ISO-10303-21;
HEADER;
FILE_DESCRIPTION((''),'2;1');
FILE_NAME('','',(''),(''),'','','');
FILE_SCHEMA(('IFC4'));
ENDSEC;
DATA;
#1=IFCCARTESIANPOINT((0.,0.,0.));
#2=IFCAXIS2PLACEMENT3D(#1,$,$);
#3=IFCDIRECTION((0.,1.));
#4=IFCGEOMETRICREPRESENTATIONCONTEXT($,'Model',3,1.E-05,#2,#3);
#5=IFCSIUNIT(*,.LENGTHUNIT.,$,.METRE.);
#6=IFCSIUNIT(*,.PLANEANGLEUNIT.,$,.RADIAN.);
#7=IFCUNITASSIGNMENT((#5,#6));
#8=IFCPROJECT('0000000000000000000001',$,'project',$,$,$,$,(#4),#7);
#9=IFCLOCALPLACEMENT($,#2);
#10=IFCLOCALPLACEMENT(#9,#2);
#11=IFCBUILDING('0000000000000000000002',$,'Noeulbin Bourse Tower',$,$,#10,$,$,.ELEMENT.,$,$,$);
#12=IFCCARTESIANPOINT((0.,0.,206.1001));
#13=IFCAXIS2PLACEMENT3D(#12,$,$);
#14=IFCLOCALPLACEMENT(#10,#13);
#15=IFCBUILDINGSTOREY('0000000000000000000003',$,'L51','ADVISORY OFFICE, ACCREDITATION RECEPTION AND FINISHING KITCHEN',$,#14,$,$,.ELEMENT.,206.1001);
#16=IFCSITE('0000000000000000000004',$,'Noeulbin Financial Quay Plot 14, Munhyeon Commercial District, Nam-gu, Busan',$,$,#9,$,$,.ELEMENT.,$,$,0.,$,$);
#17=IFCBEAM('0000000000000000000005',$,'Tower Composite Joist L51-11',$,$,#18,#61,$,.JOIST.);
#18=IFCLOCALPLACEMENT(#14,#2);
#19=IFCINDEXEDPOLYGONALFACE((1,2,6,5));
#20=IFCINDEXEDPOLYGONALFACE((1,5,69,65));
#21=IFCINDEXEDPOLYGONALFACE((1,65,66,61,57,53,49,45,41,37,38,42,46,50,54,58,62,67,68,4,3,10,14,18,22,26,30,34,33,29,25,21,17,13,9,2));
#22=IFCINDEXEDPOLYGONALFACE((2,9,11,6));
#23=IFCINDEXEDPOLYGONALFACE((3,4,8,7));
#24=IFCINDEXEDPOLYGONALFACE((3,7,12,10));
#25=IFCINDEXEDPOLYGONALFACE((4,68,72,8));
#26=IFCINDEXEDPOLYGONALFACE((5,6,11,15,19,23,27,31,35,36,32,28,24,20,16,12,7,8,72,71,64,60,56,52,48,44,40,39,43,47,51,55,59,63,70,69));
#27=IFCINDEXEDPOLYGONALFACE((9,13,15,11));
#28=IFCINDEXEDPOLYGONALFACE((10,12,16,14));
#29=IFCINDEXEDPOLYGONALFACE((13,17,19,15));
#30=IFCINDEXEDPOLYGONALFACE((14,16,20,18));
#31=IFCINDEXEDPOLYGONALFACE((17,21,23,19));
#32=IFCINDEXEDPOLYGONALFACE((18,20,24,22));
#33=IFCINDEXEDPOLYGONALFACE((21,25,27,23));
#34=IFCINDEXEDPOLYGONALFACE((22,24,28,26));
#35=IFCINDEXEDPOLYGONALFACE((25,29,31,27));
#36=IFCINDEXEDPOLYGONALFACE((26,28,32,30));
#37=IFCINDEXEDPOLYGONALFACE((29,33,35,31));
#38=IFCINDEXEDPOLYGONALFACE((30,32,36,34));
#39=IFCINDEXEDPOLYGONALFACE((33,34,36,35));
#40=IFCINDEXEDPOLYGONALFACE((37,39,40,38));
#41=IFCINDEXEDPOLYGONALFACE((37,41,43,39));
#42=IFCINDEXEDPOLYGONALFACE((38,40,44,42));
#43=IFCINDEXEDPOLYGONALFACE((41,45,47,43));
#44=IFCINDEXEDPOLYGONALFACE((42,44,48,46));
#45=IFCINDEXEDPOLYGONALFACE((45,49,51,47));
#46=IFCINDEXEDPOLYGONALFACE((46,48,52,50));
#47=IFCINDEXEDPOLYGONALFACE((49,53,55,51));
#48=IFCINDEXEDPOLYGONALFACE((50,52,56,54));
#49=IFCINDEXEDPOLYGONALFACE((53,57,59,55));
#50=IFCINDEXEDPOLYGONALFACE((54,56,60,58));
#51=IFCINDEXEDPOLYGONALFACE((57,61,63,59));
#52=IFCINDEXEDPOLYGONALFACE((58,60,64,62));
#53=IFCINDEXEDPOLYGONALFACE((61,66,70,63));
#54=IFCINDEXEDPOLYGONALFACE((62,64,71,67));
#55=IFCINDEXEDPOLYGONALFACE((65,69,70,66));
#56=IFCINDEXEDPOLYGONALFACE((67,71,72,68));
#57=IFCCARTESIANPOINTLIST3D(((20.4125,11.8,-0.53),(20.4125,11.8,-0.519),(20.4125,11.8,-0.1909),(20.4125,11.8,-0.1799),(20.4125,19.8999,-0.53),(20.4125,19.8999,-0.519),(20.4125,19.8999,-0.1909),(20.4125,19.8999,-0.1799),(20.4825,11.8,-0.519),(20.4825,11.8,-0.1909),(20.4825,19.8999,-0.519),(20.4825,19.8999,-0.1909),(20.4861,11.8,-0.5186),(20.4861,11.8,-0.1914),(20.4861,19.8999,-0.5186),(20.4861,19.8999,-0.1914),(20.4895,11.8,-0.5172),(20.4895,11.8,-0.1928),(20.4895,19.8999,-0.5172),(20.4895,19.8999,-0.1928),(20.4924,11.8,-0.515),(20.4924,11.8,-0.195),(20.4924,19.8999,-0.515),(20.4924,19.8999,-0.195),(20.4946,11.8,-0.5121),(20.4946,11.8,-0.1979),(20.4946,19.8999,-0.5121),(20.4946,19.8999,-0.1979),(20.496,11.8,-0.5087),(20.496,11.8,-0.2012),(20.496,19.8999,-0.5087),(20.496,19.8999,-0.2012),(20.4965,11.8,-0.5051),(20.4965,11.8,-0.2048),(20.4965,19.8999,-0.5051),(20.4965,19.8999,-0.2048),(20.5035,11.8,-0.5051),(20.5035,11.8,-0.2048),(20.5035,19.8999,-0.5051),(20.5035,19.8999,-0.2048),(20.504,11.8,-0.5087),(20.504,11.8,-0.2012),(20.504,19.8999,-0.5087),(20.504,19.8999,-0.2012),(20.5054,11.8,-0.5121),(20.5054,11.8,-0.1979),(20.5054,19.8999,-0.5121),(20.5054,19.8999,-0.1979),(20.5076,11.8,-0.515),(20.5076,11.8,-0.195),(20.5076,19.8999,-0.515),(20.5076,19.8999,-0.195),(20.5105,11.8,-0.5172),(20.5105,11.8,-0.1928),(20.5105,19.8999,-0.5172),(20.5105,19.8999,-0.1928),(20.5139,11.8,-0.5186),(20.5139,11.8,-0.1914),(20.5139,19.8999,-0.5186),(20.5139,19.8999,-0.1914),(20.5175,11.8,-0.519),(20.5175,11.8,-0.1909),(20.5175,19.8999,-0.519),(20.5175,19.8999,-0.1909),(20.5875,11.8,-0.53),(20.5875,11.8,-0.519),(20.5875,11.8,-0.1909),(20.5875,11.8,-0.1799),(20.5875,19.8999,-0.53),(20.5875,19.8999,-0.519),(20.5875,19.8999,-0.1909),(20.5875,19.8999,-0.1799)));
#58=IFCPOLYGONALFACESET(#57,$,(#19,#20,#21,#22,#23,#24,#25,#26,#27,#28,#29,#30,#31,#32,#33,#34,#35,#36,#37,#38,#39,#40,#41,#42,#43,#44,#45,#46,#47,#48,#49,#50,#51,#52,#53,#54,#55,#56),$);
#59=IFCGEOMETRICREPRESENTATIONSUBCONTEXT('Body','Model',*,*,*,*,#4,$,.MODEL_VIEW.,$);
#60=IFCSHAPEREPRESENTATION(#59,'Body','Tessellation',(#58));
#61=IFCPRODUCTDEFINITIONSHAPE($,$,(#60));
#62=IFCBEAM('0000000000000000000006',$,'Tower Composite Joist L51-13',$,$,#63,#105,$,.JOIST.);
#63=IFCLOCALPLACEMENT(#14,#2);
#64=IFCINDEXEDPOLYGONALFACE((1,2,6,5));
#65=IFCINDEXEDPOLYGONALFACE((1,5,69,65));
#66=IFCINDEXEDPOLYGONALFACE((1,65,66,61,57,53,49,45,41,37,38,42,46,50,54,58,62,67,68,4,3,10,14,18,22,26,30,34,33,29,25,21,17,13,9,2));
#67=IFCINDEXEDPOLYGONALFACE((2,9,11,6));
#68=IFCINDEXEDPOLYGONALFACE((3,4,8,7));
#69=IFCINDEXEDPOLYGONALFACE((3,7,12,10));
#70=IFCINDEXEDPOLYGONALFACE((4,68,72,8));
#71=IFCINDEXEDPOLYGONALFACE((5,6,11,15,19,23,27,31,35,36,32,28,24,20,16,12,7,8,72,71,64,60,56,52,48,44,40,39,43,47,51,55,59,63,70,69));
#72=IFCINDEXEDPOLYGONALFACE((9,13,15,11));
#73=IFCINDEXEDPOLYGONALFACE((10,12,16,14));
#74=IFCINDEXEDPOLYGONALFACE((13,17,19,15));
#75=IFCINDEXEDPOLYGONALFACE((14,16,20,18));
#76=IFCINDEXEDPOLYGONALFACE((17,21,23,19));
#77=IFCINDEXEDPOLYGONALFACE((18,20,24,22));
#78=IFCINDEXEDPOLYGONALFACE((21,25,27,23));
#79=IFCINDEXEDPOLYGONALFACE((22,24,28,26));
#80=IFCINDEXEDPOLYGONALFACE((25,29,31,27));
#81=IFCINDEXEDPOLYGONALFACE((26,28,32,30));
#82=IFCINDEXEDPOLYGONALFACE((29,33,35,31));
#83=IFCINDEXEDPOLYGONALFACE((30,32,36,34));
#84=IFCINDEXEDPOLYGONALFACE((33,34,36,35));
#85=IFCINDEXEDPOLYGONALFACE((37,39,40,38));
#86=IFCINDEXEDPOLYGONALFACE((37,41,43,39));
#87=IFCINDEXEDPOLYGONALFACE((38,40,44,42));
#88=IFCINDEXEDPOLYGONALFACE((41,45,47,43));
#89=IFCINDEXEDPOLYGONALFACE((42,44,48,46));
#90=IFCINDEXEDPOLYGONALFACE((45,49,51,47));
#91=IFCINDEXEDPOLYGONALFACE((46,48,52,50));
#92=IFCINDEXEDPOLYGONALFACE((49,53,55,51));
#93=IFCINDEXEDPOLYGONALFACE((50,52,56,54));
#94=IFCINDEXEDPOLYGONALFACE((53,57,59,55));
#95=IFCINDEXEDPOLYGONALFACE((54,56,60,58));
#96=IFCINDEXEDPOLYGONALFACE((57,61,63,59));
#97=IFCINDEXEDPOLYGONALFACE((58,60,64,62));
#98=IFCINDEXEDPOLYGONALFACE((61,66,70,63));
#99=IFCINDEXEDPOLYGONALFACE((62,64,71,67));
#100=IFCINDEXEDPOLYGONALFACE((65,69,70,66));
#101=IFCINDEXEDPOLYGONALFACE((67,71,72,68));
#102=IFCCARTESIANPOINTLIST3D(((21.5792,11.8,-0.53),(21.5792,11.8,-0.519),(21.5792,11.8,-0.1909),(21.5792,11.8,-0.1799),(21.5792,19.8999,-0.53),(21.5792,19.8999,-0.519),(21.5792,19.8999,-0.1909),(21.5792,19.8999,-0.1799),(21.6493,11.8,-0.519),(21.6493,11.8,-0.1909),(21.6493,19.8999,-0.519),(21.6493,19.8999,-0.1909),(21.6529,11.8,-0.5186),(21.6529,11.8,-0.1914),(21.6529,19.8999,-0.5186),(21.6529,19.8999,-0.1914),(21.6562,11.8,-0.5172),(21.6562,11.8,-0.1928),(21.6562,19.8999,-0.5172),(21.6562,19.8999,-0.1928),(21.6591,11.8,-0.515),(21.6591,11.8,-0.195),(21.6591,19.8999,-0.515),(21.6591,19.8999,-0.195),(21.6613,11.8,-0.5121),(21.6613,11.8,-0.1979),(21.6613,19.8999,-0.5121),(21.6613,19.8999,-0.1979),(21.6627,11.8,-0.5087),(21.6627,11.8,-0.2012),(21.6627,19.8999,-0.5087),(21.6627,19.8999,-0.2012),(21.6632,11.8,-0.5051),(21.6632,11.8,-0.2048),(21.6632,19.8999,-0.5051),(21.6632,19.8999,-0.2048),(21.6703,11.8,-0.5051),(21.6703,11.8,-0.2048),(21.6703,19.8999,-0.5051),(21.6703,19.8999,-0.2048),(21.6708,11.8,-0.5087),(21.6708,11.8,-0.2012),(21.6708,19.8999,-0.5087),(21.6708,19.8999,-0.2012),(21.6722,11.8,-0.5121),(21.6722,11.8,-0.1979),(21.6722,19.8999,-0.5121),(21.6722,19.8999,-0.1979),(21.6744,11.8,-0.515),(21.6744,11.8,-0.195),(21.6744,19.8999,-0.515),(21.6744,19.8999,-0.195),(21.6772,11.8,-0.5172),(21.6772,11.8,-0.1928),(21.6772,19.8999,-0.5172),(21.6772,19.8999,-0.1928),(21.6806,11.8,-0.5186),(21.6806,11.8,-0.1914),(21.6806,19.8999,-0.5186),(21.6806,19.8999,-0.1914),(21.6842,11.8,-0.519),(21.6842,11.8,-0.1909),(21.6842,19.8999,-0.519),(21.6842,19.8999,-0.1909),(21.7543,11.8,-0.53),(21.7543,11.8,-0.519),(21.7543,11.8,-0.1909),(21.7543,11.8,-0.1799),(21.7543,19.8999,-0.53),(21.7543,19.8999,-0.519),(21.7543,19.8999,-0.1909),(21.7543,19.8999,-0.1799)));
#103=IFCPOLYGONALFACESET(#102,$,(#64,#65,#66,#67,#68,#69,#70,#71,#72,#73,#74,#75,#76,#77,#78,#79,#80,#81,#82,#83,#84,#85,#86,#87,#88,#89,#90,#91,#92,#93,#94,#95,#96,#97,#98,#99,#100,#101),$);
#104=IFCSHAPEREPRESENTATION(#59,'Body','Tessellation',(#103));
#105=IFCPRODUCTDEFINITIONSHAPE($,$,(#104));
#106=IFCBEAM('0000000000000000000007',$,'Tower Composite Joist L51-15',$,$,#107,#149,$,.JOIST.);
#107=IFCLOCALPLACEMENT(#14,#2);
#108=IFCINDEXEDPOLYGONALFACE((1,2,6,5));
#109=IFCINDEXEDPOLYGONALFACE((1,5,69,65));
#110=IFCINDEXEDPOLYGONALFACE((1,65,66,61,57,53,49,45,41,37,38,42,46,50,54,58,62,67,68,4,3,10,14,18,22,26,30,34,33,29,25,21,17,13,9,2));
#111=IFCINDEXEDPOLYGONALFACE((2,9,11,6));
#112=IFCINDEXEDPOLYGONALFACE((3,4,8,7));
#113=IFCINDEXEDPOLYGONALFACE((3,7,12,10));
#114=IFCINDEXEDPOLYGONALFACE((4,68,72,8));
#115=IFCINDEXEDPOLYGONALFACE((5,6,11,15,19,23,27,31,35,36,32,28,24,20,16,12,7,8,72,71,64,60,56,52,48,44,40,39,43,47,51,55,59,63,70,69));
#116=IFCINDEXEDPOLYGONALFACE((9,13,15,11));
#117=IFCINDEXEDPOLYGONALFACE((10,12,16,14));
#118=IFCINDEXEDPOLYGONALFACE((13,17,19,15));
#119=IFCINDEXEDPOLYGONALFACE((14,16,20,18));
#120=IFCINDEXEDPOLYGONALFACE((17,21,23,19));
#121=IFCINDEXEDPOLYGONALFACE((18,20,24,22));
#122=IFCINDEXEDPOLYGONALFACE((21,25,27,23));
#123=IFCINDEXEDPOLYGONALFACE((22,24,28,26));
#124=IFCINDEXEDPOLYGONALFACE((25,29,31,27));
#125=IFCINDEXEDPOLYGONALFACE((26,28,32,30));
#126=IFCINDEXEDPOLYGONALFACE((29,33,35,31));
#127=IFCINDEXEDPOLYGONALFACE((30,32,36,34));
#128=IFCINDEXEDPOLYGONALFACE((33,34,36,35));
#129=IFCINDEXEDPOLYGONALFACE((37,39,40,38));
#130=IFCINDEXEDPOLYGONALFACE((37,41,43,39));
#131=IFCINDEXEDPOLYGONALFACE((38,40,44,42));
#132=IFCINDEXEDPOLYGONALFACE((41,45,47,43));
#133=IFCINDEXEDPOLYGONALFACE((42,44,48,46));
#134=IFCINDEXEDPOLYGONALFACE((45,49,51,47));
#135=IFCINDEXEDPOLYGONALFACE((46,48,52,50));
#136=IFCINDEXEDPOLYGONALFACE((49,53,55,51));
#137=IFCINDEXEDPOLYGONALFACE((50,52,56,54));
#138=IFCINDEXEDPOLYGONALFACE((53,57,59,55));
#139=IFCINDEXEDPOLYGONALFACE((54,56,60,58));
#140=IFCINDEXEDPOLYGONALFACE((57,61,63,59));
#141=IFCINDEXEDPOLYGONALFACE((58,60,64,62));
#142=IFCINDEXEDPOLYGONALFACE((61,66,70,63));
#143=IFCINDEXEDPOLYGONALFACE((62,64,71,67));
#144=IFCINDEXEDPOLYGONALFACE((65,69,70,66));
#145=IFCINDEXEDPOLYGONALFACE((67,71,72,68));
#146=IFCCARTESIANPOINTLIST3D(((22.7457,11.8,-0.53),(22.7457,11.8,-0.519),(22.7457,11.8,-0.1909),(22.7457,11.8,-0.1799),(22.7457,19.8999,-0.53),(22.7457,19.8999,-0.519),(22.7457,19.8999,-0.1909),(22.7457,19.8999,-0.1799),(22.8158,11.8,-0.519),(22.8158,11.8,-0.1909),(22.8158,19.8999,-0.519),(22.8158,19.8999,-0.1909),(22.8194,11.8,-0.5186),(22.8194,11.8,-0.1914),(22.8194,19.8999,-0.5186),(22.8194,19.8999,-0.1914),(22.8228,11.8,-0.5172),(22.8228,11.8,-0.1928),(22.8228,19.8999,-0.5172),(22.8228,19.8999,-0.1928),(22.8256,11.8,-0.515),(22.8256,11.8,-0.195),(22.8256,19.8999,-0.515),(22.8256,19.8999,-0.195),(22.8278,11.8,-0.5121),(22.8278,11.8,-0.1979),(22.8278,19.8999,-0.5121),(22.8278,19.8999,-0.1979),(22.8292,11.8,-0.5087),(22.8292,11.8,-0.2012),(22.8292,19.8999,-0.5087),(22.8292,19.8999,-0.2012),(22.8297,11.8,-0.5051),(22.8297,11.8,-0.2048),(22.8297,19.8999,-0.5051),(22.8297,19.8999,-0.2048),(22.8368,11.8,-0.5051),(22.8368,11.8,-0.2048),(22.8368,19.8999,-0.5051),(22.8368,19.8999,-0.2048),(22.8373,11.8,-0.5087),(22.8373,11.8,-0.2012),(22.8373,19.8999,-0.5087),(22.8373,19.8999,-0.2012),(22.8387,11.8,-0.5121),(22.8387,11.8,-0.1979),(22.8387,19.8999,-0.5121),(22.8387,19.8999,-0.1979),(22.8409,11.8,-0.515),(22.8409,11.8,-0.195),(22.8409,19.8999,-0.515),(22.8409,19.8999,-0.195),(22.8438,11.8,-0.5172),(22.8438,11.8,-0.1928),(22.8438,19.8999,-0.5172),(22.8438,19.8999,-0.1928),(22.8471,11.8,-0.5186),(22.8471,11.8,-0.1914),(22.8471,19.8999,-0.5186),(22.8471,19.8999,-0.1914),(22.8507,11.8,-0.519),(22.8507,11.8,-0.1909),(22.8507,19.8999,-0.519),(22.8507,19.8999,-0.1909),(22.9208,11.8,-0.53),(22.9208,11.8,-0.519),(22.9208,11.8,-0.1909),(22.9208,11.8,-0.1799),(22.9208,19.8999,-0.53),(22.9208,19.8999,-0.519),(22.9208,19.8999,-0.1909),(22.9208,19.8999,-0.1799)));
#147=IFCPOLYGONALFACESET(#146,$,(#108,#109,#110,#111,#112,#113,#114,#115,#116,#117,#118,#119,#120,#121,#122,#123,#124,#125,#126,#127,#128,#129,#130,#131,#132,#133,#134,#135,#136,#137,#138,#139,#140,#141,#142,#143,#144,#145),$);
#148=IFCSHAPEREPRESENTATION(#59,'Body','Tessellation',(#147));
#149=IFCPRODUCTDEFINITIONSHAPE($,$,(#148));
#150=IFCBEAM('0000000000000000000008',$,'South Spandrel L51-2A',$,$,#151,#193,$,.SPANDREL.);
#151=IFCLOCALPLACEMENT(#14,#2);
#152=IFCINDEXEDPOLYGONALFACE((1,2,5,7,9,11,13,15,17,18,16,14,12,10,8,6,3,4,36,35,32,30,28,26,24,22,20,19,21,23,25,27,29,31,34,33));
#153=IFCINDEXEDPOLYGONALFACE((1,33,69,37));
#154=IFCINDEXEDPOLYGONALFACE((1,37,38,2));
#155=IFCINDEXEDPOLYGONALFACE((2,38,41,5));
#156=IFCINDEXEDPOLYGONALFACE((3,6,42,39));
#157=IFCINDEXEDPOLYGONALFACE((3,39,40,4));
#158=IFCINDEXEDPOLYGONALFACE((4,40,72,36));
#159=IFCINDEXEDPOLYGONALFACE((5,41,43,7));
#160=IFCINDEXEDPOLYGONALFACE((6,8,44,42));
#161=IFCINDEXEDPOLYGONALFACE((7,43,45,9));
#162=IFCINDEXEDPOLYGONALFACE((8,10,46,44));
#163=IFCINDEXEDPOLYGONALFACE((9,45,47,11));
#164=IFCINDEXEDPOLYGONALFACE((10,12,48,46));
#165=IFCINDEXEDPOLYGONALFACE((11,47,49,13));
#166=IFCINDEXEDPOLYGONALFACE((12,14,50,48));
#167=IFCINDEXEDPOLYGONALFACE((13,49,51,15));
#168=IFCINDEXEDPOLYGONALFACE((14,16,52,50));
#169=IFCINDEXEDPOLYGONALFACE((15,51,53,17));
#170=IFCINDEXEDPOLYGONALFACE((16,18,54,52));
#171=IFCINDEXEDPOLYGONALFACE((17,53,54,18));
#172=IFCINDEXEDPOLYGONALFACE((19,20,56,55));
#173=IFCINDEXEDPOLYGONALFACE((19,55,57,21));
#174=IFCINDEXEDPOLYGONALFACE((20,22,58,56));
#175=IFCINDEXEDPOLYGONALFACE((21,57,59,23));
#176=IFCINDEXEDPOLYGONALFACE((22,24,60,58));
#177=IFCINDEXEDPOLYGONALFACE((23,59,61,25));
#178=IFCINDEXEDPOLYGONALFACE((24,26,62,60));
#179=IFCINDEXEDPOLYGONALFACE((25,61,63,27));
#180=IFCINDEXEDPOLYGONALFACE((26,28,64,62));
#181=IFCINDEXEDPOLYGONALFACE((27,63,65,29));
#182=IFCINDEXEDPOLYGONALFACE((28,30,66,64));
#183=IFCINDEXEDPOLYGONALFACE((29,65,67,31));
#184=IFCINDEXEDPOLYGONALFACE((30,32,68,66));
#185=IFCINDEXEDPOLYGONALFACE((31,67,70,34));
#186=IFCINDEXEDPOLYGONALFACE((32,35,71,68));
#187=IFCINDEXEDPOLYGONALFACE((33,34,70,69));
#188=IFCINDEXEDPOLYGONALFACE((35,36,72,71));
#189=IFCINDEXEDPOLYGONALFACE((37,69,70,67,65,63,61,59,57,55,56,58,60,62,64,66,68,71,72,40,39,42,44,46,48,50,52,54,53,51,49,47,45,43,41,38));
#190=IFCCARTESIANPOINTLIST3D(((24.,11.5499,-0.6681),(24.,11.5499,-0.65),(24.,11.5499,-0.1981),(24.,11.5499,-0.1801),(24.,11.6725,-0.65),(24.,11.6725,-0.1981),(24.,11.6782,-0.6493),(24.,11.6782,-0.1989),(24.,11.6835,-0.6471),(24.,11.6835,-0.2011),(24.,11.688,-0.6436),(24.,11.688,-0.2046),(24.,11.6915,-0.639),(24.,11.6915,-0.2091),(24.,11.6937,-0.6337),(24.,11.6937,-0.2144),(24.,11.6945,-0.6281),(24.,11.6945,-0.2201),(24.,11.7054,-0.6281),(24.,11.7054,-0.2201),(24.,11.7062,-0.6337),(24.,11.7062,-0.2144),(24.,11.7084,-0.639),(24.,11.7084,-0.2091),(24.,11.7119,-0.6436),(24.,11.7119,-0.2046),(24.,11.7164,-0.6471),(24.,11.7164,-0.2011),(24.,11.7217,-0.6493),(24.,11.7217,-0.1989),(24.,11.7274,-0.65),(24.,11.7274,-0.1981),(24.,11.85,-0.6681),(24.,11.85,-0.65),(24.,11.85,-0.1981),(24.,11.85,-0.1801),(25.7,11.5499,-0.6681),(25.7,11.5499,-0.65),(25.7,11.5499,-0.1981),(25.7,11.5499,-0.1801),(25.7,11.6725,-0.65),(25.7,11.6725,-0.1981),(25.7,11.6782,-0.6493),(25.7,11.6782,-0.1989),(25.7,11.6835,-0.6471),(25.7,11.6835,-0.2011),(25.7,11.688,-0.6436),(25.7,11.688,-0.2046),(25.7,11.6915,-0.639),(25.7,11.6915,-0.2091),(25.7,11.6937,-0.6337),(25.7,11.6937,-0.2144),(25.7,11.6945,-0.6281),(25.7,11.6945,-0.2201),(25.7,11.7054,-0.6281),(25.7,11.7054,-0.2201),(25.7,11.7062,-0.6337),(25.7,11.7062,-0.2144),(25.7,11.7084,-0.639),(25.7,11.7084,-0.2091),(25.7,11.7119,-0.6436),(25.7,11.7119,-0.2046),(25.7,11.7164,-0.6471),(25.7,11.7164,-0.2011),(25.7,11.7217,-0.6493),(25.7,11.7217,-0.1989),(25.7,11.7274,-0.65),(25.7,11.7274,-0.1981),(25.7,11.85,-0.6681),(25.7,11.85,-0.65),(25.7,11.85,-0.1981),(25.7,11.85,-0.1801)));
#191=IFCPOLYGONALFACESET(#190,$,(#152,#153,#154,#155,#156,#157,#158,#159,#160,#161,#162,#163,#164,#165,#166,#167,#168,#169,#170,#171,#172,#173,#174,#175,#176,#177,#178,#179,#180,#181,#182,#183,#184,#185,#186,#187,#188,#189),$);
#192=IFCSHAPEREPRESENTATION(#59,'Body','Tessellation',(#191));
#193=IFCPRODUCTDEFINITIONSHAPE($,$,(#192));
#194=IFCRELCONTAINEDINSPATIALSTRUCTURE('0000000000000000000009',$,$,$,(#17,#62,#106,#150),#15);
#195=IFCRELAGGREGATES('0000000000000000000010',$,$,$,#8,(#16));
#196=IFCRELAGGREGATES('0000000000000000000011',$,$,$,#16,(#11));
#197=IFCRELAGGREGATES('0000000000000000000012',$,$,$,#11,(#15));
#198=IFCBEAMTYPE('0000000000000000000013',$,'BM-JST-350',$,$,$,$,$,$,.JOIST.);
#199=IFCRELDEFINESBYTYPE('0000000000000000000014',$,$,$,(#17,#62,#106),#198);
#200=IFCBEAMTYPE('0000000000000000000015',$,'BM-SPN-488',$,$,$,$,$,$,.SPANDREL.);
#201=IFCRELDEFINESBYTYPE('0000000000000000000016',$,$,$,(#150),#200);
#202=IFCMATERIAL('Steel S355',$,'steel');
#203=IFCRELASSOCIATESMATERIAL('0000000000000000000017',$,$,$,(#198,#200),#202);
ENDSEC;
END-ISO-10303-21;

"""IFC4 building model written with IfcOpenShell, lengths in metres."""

from ifc_helpers import new_model, si_unit, direction, frame, origin, origin_2d, place, context, subcontext, project, spatial, i_section, extrude, material, material_profile, profile_set, type_object, element, save


model = new_model("IFC4")

# Units and contexts
model_context = context("Model", 3, precision=1e-05, world=origin(), true_north=direction((0.0, 1.0)))
body_context = subcontext(model_context, "Body", "Model", "MODEL_VIEW")
ifc_project = project(units=[si_unit("LENGTHUNIT", "METRE"), si_unit("PLANEANGLEUNIT", "RADIAN")], contexts=[model_context])

# Site, building, storey
site_placement = place(None, origin())
site = spatial("IfcSite", under=ifc_project, at=site_placement, Name="Noeulbin Financial Quay Plot 14, Munhyeon Commercial District, Nam-gu, Busan", CompositionType="ELEMENT", RefElevation=0.0)
building_placement = place(site_placement, origin())
building = spatial("IfcBuilding", under=site, at=building_placement, Name="Noeulbin Bourse Tower", CompositionType="ELEMENT")
storey_placement = place(building_placement, frame((0.0, 0.0, 206.1001)))
storey = spatial("IfcBuildingStorey", under=building, at=storey_placement, Name="L51", Description="ADVISORY OFFICE, ACCREDITATION RECEPTION AND FINISHING KITCHEN", CompositionType="ELEMENT", Elevation=206.1001)

# Shared definitions
ifc_material_1 = material(Name="Steel S355", Category="steel")

# Beams
ifc_material_profile_1 = material_profile(ifc_material_1, i_section(OverallWidth=0.175, OverallDepth=0.3501, WebThickness=0.0071, FlangeThickness=0.011, FilletRadius=0.0139, at=origin_2d()), Name="H-350x175x7x11", Category="LoadBearing")
ifc_profile_set_1 = profile_set([ifc_material_profile_1], Name="Steel S355")
beam_type_1 = type_object("IfcBeamType", Name="BM-JST-350", PredefinedType="JOIST", material=ifc_profile_set_1)
for number, where, z_axis, x_axis, name in (
    (1, (20.5, 11.8, -0.355), (0.0, 1.0, 0.0), (-1.0, 0.0, 0.0), "Tower Composite Joist L51-11"),
    (2, (21.6667, 11.8, -0.355), (0.0, 1.0, 0.0), (-1.0, 0.0, 0.0), "Tower Composite Joist L51-13"),
    (3, (22.8333, 11.8, -0.355), (0.0, 1.0, 0.0), (-1.0, 0.0, 0.0), "Tower Composite Joist L51-15"),
):
    element("IfcBeam", number, at=place(storey_placement, frame(where, z_axis=z_axis, x_axis=x_axis)), inside=storey, type_object=beam_type_1, Name=name, PredefinedType="JOIST", context=body_context, shape_type="SweptSolid", body=[
        extrude(i_section(OverallWidth=0.175, OverallDepth=0.3501, WebThickness=0.0071, FlangeThickness=0.011, FilletRadius=0.0139, at=origin_2d()), origin(), (0.0, 0.0, 1.0), 8.0999),
    ])
ifc_material_profile_2 = material_profile(ifc_material_1, i_section(OverallWidth=0.3, OverallDepth=0.488, WebThickness=0.011, FlangeThickness=0.0181, FilletRadius=0.022, at=origin_2d()), Name="H-488x300x11x18", Category="LoadBearing")
ifc_profile_set_2 = profile_set([ifc_material_profile_2], Name="Steel S355")
beam_type_2 = type_object("IfcBeamType", Name="BM-SPN-488", PredefinedType="SPANDREL", material=ifc_profile_set_2)
beam_1_placement = place(storey_placement, frame((24.0, 11.7, -0.4241), z_axis=(1.0, 0.0, 0.0), x_axis=(0.0, 1.0, 0.0)))
element("IfcBeam", 4, at=beam_1_placement, inside=storey, type_object=beam_type_2, Name="South Spandrel L51-2A", PredefinedType="SPANDREL", context=body_context, shape_type="SweptSolid", body=[
    extrude(i_section(OverallWidth=0.3, OverallDepth=0.488, WebThickness=0.011, FlangeThickness=0.0181, FilletRadius=0.022, at=origin_2d()), origin(), (0.0, 0.0, 1.0), 1.7),
])

save(model, "model.ifc")
